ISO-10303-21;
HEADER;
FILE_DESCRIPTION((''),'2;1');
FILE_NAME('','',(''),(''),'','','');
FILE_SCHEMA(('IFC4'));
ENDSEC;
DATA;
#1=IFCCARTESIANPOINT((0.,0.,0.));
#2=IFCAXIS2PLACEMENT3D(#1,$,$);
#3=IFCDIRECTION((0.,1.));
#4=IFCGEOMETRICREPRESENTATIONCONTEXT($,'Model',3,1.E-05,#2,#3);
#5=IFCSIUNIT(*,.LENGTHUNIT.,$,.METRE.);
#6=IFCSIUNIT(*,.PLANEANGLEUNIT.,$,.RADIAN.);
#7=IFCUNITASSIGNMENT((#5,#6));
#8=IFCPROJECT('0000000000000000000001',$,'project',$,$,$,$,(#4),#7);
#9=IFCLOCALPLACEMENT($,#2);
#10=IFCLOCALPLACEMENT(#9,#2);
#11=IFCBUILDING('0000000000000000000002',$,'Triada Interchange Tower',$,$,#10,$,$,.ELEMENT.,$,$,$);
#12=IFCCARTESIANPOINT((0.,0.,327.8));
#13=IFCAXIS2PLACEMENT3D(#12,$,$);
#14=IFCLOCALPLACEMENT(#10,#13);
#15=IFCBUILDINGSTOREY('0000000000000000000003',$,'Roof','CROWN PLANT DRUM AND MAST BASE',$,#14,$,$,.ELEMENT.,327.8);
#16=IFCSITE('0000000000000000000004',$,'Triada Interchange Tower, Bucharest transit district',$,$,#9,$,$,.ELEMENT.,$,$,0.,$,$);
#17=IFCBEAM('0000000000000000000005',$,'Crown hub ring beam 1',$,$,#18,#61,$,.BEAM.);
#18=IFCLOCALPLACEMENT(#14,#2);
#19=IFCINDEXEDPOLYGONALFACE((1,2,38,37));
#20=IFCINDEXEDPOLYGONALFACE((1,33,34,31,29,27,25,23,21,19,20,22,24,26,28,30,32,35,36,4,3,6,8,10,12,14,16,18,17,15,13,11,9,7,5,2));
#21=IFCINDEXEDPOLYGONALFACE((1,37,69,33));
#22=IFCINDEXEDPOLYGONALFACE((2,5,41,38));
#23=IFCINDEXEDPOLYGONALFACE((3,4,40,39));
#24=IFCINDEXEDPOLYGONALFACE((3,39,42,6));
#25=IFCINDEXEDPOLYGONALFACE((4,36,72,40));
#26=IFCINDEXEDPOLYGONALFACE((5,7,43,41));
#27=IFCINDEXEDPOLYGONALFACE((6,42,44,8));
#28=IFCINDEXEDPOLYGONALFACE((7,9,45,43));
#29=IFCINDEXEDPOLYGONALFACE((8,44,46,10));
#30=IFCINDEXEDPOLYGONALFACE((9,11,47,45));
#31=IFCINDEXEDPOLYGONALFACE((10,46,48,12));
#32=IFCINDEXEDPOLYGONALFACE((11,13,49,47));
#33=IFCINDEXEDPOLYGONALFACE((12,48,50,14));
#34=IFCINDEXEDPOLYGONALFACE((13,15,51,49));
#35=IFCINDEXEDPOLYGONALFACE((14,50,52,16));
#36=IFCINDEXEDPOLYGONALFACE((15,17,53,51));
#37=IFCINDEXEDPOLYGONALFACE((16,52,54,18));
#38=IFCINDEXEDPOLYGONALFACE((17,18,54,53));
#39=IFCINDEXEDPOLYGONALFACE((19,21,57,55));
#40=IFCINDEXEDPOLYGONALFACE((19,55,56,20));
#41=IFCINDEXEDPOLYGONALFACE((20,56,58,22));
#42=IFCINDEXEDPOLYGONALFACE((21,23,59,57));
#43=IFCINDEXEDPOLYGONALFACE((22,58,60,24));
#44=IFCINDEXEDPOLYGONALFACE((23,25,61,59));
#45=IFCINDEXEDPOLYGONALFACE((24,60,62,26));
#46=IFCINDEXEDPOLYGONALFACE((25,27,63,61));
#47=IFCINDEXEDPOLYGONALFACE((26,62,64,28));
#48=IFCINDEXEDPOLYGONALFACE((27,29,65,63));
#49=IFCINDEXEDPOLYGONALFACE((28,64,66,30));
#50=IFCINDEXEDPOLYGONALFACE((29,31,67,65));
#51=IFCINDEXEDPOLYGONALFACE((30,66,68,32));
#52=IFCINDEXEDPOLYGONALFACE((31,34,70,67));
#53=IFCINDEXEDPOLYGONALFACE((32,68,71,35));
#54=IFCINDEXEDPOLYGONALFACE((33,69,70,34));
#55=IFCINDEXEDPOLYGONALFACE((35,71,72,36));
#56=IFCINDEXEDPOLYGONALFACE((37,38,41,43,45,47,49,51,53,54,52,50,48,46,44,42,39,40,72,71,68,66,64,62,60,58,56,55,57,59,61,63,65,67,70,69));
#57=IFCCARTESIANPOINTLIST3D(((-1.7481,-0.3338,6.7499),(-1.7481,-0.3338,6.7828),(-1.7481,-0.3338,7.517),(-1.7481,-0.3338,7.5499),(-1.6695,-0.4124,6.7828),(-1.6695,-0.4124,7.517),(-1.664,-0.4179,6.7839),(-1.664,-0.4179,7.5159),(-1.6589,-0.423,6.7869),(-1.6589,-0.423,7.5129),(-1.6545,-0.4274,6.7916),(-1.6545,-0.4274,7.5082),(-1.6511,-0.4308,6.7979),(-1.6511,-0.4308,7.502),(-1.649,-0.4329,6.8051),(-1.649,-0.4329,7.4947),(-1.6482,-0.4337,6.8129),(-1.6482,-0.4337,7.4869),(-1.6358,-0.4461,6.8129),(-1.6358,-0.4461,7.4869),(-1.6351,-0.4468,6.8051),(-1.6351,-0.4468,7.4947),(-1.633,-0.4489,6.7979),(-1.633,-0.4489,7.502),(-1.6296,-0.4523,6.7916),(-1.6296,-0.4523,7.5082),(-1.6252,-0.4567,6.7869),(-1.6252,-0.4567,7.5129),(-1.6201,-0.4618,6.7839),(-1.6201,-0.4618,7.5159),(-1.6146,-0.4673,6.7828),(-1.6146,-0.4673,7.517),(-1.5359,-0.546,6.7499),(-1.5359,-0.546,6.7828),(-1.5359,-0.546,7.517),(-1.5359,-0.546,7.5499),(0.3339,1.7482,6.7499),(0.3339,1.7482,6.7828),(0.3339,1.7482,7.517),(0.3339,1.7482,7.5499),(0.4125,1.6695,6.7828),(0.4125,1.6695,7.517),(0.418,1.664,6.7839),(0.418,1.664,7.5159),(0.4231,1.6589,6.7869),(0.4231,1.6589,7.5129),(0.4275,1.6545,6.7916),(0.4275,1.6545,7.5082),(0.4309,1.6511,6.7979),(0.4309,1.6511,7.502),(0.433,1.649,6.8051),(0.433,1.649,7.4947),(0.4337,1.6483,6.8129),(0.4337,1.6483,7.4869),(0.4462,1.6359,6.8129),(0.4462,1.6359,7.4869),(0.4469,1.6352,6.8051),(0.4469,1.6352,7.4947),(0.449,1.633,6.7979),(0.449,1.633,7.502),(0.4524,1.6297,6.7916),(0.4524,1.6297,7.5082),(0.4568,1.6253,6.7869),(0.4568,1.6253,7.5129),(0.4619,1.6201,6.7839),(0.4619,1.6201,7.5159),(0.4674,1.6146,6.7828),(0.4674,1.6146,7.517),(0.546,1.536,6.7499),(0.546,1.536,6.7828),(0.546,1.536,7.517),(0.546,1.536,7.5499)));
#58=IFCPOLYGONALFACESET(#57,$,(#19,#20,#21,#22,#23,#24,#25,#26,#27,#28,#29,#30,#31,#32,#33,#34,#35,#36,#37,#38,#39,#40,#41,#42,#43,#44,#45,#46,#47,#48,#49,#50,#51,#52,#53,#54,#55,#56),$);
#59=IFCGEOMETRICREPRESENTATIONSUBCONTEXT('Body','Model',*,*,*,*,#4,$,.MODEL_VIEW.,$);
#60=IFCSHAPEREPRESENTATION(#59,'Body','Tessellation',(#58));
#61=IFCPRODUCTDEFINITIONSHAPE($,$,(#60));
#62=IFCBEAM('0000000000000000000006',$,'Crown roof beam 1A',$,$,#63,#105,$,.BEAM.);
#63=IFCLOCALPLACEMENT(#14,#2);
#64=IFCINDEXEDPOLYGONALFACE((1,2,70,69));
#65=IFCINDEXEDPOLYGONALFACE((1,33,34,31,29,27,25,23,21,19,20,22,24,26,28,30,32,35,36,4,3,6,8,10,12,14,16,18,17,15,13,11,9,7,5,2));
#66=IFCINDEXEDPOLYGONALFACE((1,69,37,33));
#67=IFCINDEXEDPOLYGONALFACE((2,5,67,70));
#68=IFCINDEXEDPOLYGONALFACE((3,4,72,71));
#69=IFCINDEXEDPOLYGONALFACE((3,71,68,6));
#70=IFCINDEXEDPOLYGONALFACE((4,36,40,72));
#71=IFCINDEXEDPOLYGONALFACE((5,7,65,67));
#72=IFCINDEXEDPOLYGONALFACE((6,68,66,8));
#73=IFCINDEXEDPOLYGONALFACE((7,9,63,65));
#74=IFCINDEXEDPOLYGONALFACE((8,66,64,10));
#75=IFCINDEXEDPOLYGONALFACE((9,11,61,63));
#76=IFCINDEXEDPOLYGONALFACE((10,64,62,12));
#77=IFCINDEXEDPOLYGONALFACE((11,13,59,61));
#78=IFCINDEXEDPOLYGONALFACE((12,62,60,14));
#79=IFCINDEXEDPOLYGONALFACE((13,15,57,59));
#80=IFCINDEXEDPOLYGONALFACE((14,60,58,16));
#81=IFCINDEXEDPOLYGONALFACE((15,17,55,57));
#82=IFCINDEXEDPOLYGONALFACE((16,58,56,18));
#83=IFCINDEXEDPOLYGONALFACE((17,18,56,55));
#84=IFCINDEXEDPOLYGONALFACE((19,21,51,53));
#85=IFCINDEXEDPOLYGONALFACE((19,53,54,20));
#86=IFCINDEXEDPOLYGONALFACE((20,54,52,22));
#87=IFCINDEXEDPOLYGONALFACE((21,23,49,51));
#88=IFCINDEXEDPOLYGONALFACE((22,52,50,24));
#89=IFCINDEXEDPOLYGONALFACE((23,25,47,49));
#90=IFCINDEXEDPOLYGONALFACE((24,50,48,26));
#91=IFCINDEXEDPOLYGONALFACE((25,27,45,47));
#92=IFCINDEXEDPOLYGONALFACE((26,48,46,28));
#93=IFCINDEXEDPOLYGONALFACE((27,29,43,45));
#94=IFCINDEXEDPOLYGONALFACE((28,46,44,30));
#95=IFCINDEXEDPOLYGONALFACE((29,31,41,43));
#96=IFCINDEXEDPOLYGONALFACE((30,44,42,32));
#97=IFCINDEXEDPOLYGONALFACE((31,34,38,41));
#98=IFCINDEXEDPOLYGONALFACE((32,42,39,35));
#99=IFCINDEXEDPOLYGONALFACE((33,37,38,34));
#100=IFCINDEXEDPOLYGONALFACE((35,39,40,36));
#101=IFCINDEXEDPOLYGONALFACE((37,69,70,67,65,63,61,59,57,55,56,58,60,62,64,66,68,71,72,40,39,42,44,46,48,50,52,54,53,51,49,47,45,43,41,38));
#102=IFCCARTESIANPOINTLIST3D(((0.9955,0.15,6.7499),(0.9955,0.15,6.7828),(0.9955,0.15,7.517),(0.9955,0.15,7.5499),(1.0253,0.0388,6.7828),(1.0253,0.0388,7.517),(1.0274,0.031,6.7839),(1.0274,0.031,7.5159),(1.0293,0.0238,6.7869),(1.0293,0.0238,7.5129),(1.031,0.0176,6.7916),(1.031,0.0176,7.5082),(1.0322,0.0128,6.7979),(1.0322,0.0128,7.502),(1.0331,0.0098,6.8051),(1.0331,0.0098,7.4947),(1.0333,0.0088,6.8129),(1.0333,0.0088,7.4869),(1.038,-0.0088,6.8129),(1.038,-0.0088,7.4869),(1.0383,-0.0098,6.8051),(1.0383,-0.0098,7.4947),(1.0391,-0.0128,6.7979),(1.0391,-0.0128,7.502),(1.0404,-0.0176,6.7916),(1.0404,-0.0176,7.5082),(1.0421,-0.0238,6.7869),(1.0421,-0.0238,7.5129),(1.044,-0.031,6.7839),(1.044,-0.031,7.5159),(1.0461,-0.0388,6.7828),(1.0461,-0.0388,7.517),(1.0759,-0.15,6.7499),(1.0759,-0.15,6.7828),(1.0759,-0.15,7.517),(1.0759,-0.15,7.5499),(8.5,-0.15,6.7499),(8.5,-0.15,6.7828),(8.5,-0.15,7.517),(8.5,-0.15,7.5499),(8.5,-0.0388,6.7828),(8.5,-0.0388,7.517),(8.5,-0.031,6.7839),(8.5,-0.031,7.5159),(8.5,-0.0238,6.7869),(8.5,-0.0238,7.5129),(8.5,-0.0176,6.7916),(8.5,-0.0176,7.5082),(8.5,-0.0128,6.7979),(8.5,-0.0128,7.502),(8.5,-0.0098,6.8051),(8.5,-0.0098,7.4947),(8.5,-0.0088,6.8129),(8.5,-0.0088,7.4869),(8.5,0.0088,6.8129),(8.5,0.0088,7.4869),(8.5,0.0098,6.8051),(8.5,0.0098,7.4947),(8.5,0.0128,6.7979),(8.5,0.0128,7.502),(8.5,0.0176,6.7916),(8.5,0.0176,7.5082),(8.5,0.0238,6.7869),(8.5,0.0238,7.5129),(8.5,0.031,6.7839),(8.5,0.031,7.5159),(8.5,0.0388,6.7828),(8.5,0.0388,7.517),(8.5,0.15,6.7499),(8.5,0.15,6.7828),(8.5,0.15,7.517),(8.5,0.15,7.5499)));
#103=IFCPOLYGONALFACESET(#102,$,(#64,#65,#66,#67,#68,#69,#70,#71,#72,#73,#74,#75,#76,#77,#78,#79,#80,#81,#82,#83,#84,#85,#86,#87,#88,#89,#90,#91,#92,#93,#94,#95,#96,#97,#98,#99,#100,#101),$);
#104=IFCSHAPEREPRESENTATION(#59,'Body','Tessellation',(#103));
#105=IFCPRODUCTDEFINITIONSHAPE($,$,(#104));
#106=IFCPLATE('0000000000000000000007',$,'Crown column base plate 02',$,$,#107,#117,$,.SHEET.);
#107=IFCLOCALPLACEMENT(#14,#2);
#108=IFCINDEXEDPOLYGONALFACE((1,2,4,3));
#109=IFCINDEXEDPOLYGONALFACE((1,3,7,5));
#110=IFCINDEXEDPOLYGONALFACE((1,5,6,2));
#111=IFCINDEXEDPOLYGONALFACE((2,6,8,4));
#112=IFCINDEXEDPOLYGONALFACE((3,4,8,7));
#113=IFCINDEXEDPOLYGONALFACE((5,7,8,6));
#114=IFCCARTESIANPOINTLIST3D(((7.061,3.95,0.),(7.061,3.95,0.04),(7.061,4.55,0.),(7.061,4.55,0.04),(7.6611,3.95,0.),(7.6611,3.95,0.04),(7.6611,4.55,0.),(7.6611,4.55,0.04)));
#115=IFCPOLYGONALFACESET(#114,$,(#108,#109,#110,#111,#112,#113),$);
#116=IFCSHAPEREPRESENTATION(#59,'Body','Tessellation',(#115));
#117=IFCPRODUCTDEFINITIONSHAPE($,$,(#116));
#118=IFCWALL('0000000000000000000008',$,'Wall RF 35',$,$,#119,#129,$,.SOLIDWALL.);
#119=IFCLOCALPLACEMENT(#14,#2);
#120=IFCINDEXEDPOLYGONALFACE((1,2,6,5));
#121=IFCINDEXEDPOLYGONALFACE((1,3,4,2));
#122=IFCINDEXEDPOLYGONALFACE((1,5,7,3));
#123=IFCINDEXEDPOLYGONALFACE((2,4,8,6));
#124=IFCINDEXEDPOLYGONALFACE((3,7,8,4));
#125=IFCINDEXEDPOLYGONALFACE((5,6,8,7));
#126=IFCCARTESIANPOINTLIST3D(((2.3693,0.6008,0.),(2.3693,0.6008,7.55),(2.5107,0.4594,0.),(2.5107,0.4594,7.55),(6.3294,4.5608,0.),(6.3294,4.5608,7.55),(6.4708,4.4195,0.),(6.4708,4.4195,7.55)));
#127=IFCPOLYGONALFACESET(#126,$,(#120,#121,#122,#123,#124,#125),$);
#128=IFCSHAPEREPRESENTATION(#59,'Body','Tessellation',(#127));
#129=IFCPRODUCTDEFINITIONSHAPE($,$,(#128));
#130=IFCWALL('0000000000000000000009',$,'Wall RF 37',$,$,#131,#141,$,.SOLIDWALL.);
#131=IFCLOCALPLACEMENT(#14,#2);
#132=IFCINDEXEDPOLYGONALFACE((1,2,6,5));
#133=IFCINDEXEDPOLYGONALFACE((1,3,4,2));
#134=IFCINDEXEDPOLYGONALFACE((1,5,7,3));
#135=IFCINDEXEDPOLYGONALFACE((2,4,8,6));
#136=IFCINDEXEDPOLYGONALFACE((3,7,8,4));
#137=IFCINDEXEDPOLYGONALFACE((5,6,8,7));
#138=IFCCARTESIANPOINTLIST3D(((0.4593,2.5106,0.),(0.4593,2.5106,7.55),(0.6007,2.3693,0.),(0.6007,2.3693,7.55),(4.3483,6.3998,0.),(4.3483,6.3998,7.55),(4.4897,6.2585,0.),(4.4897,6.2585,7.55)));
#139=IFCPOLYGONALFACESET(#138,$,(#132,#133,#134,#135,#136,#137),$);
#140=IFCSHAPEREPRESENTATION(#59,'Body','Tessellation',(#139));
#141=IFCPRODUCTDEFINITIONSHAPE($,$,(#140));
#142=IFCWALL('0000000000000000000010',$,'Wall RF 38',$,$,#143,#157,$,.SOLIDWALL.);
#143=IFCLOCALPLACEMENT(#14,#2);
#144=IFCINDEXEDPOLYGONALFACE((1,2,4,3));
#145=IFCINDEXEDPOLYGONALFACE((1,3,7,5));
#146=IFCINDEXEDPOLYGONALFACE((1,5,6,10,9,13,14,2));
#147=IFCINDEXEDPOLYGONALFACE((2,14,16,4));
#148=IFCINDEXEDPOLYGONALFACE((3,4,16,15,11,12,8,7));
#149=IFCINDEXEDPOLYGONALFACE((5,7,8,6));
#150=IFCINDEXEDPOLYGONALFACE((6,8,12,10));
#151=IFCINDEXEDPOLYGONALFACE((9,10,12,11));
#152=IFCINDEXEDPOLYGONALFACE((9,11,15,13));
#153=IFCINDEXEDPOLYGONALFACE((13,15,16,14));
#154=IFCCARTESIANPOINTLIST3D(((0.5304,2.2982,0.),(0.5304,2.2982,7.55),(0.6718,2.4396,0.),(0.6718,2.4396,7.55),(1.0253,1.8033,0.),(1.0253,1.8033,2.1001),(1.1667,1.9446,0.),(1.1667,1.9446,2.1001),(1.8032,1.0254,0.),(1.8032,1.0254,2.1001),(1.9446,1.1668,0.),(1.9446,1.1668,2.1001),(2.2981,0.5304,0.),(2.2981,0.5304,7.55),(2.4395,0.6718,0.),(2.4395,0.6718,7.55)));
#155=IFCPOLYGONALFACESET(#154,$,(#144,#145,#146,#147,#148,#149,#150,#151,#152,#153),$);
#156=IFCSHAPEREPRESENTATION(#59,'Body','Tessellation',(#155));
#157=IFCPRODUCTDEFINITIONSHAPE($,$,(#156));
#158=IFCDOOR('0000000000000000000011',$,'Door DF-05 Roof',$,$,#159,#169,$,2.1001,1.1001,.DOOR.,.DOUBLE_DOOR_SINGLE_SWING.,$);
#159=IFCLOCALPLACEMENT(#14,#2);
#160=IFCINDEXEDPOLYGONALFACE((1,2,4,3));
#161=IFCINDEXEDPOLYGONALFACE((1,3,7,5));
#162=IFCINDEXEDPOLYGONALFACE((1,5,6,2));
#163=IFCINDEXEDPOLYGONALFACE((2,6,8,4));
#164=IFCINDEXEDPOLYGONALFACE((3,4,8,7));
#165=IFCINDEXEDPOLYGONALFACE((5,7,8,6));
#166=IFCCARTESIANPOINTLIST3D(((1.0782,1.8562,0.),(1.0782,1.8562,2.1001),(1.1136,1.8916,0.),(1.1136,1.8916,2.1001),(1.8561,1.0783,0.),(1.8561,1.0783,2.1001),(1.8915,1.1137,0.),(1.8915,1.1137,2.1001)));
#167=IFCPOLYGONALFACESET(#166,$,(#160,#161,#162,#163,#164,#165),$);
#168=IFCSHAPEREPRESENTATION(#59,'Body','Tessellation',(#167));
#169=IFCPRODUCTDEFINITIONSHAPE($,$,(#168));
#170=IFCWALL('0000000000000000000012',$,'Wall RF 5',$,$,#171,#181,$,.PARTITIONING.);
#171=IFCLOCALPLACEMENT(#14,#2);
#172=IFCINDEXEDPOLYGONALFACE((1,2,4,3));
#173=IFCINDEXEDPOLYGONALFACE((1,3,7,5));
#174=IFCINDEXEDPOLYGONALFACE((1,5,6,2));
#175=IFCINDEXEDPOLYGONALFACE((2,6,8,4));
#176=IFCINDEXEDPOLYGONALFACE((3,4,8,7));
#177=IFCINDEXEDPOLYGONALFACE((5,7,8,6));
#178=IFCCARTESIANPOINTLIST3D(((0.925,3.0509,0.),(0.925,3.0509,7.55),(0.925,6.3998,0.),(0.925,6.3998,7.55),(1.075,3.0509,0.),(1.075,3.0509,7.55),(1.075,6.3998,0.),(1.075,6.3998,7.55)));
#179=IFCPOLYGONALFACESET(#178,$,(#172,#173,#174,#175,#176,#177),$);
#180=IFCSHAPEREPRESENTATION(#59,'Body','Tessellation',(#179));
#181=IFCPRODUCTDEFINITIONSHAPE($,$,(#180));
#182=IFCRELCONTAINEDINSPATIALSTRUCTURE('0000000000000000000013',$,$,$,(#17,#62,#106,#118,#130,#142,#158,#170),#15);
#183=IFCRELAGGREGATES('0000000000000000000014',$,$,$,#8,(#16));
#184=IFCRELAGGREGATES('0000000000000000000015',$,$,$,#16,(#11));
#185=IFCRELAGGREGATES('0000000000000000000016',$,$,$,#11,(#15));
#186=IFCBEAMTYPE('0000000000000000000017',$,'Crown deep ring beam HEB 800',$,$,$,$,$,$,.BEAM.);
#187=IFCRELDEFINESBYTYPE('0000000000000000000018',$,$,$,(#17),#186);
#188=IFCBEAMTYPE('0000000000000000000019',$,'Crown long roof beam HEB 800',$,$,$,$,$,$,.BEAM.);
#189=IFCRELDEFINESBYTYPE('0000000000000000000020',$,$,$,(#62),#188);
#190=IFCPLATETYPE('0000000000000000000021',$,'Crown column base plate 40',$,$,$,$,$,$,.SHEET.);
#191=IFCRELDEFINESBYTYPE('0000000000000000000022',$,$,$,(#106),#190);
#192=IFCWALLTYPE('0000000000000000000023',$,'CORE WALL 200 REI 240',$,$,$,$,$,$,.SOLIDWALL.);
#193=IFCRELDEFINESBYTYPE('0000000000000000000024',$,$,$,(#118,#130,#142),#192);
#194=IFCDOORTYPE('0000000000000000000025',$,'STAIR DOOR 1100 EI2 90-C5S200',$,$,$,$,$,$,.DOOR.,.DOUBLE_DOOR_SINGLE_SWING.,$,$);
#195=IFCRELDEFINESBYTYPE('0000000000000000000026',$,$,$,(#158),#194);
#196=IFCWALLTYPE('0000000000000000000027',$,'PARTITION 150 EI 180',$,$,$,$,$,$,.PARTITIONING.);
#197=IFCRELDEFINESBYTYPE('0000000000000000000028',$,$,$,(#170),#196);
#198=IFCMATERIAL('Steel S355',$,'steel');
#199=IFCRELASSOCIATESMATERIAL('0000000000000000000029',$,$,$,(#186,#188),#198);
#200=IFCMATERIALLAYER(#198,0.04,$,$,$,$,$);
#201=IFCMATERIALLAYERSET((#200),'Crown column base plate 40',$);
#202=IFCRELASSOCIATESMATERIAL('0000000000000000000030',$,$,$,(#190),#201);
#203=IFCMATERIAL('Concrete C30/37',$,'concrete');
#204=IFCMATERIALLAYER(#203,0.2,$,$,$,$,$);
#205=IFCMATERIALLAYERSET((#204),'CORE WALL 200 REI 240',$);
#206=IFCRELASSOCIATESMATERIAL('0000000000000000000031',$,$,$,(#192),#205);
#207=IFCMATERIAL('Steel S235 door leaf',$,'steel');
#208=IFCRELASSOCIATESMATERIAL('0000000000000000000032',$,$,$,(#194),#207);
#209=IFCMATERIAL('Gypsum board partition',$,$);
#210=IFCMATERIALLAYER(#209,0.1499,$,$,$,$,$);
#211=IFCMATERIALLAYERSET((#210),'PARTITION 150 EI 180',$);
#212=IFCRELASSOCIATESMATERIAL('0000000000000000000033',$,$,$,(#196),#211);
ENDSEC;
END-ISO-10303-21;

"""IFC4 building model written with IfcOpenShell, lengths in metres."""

from ifc_helpers import new_model, si_unit, direction, frame, frame_2d, origin, origin_2d, place, context, subcontext, project, spatial, rectangle, i_section, extrude, clip, halfspace, material, layer, layer_set, material_profile, profile_set, type_object, element, fill, save


model = new_model("IFC4")

# Units and contexts
model_context = context("Model", 3, precision=1e-05, world=origin(), true_north=direction((0.0, 1.0)))
body_context = subcontext(model_context, "Body", "Model", "MODEL_VIEW")
ifc_project = project(units=[si_unit("LENGTHUNIT", "METRE"), si_unit("PLANEANGLEUNIT", "RADIAN")], contexts=[model_context])

# Site, building, storey
site_placement = place(None, origin())
site = spatial("IfcSite", under=ifc_project, at=site_placement, Name="Triada Interchange Tower, Bucharest transit district", CompositionType="ELEMENT", RefElevation=0.0)
building_placement = place(site_placement, origin())
building = spatial("IfcBuilding", under=site, at=building_placement, Name="Triada Interchange Tower", CompositionType="ELEMENT")
storey_placement = place(building_placement, frame((0.0, 0.0, 327.8)))
storey = spatial("IfcBuildingStorey", under=building, at=storey_placement, Name="Roof", Description="CROWN PLANT DRUM AND MAST BASE", CompositionType="ELEMENT", Elevation=327.8)

# Beams
ifc_material_1 = material(Name="Steel S355", Category="steel")
ifc_material_profile_1 = material_profile(ifc_material_1, i_section(OverallWidth=0.3, OverallDepth=0.8, WebThickness=0.0176, FlangeThickness=0.033, FilletRadius=0.03, at=origin_2d()), Name="HEB 800")
ifc_profile_set_1 = profile_set([ifc_material_profile_1], Name="Steel S355")
beam_type_1 = type_object("IfcBeamType", Name="Crown deep ring beam HEB 800", PredefinedType="BEAM", material=ifc_profile_set_1)
beam_1_placement = place(storey_placement, frame((0.4399, 1.6421, 7.1499), z_axis=(-0.707107, -0.707107, 0.0), x_axis=(0.707107, -0.707107, 0.0)))
element("IfcBeam", 1, at=beam_1_placement, inside=storey, type_object=beam_type_1, Name="Crown hub ring beam 1", PredefinedType="BEAM", context=body_context, shape_type="SweptSolid", body=[
    extrude(i_section(OverallWidth=0.3, OverallDepth=0.8, WebThickness=0.0176, FlangeThickness=0.033, FilletRadius=0.03, at=origin_2d()), origin(), (0.0, 0.0, 1.0), 2.9443),
])
ifc_material_profile_2 = material_profile(ifc_material_1, i_section(OverallWidth=0.3, OverallDepth=0.8, WebThickness=0.0176, FlangeThickness=0.033, FilletRadius=0.03, at=origin_2d()), Name="HEB 800")
ifc_profile_set_2 = profile_set([ifc_material_profile_2], Name="Steel S355")
beam_type_2 = type_object("IfcBeamType", Name="Crown long roof beam HEB 800", PredefinedType="BEAM", material=ifc_profile_set_2)
beam_2_placement = place(storey_placement, frame((8.5, 0.0, 7.1499), z_axis=(-1.0, 0.0, 0.0), x_axis=(0.0, -1.0, 0.0)))
element("IfcBeam", 2, at=beam_2_placement, inside=storey, type_object=beam_type_2, Name="Crown roof beam 1A", PredefinedType="BEAM", context=body_context, shape_type="Clipping", body=[
    clip(extrude(i_section(OverallWidth=0.3, OverallDepth=0.8, WebThickness=0.0176, FlangeThickness=0.033, FilletRadius=0.03, at=origin_2d()), origin(), (0.0, 0.0, 1.0), 8.9651), halfspace(frame((-1.9319, -334.95, 7.9819), z_axis=(0.258804, 0.0, 0.96593), x_axis=(0.0, -1.0, 0.0)), False)),
])

# Plate
ifc_layer_1 = layer(ifc_material_1, 0.04)
ifc_layer_set_1 = layer_set([ifc_layer_1], Name="Crown column base plate 40")
plate_type = type_object("IfcPlateType", Name="Crown column base plate 40", PredefinedType="SHEET", material=ifc_layer_set_1)
plate_placement = place(storey_placement, frame((7.3611, 4.25, 0.0), z_axis=(0.0, 0.0, 1.0), x_axis=(1.0, 0.0, 0.0)))
element("IfcPlate", 3, at=plate_placement, inside=storey, type_object=plate_type, Name="Crown column base plate 02", PredefinedType="SHEET", context=body_context, shape_type="SweptSolid", body=[
    extrude(rectangle(XDim=0.6001, YDim=0.6001, at=origin_2d()), origin(), (0.0, 0.0, 1.0), 0.04),
])

# Walls
ifc_material_2 = material(Name="Concrete C30/37", Category="concrete")
ifc_layer_2 = layer(ifc_material_2, 0.2)
ifc_layer_set_2 = layer_set([ifc_layer_2], Name="CORE WALL 200 REI 240")
wall_type_1 = type_object("IfcWallType", Name="CORE WALL 200 REI 240", PredefinedType="SOLIDWALL", material=ifc_layer_set_2)
wall_1_placement = place(storey_placement, frame((2.4399, 0.53, 0.0), z_axis=(0.0, 0.0, 1.0), x_axis=(0.707107, 0.707107, 0.0)))
element("IfcWall", 4, at=wall_1_placement, inside=storey, type_object=wall_type_1, Name="Wall RF 35", PredefinedType="SOLIDWALL", context=body_context, shape_type="SweptSolid", body=[
    extrude(rectangle(XDim=5.6003, YDim=0.2, at=frame_2d((2.8003, 0.0))), origin(), (0.0, 0.0, 1.0), 7.55),
])
wall_2_placement = place(storey_placement, frame((0.53, 2.4399, 0.0), z_axis=(0.0, 0.0, 1.0), x_axis=(0.707085, 0.707129, 0.0)))
element("IfcWall", 5, at=wall_2_placement, inside=storey, type_object=wall_type_1, Name="Wall RF 37", PredefinedType="SOLIDWALL", context=body_context, shape_type="SweptSolid", body=[
    extrude(rectangle(XDim=5.5, YDim=0.2, at=frame_2d((2.75, 0.0))), origin(), (0.0, 0.0, 1.0), 7.55),
])

# Wall, opening, door
wall_3_placement = place(storey_placement, frame((0.6011, 2.3689, 0.0), z_axis=(0.0, 0.0, 1.0), x_axis=(0.707107, -0.707107, 0.0)))
wall_3 = element("IfcWall", 6, at=wall_3_placement, inside=storey, type_object=wall_type_1, Name="Wall RF 38", PredefinedType="SOLIDWALL", context=body_context, shape_type="SweptSolid", body=[
    extrude(rectangle(XDim=2.5, YDim=0.2, at=frame_2d((1.25, 0.0))), origin(), (0.0, 0.0, 1.0), 7.55),
])
opening_1_placement = place(wall_3_placement, frame((0.7, 0.0, 0.0)))
opening_1 = element("IfcOpeningElement", 7, at=opening_1_placement, cuts=wall_3, PredefinedType="OPENING", context=body_context, shape_type="SweptSolid", body=[
    extrude(rectangle(XDim=1.1001, YDim=2.1001, at=frame_2d((0.55, 1.05))), frame((0.0, 0.1099, 0.0), z_axis=(0.0, -1.0, 0.0), x_axis=(1.0, 0.0, 0.0)), (0.0, 0.0, 1.0), 0.22),
])
ifc_material_3 = material(Name="Steel S235 door leaf", Category="steel")
door_type_1 = type_object("IfcDoorType", Name="STAIR DOOR 1100 EI2 90-C5S200", OperationType="DOUBLE_DOOR_SINGLE_SWING", PredefinedType="DOOR", material=ifc_material_3)
door_1_placement = place(opening_1_placement, origin())
door_1 = element("IfcDoor", 8, at=door_1_placement, inside=storey, type_object=door_type_1, Name="Door DF-05 Roof", OperationType="DOUBLE_DOOR_SINGLE_SWING", OverallHeight=2.1001, OverallWidth=1.1001, PredefinedType="DOOR", context=body_context, shape_type="SweptSolid", body=[
    extrude(rectangle(XDim=1.1001, YDim=2.1001, at=frame_2d((0.55, 1.05))), frame((0.0, 0.0249, 0.0), z_axis=(0.0, -1.0, 0.0), x_axis=(1.0, 0.0, 0.0)), (0.0, 0.0, 1.0), 0.05),
])
fill(opening_1, door_1)

# Wall
ifc_material_4 = material(Name="Gypsum board partition")
ifc_layer_3 = layer(ifc_material_4, 0.1499)
ifc_layer_set_3 = layer_set([ifc_layer_3], Name="PARTITION 150 EI 180")
wall_type_2 = type_object("IfcWallType", Name="PARTITION 150 EI 180", PredefinedType="PARTITIONING", material=ifc_layer_set_3)
wall_4_placement = place(storey_placement, frame((1.0, 3.051, 0.0), z_axis=(0.0, 0.0, 1.0), x_axis=(0.0, 1.0, 0.0)))
element("IfcWall", 9, at=wall_4_placement, inside=storey, type_object=wall_type_2, Name="Wall RF 5", PredefinedType="PARTITIONING", context=body_context, shape_type="SweptSolid", body=[
    extrude(rectangle(XDim=3.3489, YDim=0.1499, at=frame_2d((1.6743, 0.0))), origin(), (0.0, 0.0, 1.0), 7.55),
])

save(model, "model.ifc")
